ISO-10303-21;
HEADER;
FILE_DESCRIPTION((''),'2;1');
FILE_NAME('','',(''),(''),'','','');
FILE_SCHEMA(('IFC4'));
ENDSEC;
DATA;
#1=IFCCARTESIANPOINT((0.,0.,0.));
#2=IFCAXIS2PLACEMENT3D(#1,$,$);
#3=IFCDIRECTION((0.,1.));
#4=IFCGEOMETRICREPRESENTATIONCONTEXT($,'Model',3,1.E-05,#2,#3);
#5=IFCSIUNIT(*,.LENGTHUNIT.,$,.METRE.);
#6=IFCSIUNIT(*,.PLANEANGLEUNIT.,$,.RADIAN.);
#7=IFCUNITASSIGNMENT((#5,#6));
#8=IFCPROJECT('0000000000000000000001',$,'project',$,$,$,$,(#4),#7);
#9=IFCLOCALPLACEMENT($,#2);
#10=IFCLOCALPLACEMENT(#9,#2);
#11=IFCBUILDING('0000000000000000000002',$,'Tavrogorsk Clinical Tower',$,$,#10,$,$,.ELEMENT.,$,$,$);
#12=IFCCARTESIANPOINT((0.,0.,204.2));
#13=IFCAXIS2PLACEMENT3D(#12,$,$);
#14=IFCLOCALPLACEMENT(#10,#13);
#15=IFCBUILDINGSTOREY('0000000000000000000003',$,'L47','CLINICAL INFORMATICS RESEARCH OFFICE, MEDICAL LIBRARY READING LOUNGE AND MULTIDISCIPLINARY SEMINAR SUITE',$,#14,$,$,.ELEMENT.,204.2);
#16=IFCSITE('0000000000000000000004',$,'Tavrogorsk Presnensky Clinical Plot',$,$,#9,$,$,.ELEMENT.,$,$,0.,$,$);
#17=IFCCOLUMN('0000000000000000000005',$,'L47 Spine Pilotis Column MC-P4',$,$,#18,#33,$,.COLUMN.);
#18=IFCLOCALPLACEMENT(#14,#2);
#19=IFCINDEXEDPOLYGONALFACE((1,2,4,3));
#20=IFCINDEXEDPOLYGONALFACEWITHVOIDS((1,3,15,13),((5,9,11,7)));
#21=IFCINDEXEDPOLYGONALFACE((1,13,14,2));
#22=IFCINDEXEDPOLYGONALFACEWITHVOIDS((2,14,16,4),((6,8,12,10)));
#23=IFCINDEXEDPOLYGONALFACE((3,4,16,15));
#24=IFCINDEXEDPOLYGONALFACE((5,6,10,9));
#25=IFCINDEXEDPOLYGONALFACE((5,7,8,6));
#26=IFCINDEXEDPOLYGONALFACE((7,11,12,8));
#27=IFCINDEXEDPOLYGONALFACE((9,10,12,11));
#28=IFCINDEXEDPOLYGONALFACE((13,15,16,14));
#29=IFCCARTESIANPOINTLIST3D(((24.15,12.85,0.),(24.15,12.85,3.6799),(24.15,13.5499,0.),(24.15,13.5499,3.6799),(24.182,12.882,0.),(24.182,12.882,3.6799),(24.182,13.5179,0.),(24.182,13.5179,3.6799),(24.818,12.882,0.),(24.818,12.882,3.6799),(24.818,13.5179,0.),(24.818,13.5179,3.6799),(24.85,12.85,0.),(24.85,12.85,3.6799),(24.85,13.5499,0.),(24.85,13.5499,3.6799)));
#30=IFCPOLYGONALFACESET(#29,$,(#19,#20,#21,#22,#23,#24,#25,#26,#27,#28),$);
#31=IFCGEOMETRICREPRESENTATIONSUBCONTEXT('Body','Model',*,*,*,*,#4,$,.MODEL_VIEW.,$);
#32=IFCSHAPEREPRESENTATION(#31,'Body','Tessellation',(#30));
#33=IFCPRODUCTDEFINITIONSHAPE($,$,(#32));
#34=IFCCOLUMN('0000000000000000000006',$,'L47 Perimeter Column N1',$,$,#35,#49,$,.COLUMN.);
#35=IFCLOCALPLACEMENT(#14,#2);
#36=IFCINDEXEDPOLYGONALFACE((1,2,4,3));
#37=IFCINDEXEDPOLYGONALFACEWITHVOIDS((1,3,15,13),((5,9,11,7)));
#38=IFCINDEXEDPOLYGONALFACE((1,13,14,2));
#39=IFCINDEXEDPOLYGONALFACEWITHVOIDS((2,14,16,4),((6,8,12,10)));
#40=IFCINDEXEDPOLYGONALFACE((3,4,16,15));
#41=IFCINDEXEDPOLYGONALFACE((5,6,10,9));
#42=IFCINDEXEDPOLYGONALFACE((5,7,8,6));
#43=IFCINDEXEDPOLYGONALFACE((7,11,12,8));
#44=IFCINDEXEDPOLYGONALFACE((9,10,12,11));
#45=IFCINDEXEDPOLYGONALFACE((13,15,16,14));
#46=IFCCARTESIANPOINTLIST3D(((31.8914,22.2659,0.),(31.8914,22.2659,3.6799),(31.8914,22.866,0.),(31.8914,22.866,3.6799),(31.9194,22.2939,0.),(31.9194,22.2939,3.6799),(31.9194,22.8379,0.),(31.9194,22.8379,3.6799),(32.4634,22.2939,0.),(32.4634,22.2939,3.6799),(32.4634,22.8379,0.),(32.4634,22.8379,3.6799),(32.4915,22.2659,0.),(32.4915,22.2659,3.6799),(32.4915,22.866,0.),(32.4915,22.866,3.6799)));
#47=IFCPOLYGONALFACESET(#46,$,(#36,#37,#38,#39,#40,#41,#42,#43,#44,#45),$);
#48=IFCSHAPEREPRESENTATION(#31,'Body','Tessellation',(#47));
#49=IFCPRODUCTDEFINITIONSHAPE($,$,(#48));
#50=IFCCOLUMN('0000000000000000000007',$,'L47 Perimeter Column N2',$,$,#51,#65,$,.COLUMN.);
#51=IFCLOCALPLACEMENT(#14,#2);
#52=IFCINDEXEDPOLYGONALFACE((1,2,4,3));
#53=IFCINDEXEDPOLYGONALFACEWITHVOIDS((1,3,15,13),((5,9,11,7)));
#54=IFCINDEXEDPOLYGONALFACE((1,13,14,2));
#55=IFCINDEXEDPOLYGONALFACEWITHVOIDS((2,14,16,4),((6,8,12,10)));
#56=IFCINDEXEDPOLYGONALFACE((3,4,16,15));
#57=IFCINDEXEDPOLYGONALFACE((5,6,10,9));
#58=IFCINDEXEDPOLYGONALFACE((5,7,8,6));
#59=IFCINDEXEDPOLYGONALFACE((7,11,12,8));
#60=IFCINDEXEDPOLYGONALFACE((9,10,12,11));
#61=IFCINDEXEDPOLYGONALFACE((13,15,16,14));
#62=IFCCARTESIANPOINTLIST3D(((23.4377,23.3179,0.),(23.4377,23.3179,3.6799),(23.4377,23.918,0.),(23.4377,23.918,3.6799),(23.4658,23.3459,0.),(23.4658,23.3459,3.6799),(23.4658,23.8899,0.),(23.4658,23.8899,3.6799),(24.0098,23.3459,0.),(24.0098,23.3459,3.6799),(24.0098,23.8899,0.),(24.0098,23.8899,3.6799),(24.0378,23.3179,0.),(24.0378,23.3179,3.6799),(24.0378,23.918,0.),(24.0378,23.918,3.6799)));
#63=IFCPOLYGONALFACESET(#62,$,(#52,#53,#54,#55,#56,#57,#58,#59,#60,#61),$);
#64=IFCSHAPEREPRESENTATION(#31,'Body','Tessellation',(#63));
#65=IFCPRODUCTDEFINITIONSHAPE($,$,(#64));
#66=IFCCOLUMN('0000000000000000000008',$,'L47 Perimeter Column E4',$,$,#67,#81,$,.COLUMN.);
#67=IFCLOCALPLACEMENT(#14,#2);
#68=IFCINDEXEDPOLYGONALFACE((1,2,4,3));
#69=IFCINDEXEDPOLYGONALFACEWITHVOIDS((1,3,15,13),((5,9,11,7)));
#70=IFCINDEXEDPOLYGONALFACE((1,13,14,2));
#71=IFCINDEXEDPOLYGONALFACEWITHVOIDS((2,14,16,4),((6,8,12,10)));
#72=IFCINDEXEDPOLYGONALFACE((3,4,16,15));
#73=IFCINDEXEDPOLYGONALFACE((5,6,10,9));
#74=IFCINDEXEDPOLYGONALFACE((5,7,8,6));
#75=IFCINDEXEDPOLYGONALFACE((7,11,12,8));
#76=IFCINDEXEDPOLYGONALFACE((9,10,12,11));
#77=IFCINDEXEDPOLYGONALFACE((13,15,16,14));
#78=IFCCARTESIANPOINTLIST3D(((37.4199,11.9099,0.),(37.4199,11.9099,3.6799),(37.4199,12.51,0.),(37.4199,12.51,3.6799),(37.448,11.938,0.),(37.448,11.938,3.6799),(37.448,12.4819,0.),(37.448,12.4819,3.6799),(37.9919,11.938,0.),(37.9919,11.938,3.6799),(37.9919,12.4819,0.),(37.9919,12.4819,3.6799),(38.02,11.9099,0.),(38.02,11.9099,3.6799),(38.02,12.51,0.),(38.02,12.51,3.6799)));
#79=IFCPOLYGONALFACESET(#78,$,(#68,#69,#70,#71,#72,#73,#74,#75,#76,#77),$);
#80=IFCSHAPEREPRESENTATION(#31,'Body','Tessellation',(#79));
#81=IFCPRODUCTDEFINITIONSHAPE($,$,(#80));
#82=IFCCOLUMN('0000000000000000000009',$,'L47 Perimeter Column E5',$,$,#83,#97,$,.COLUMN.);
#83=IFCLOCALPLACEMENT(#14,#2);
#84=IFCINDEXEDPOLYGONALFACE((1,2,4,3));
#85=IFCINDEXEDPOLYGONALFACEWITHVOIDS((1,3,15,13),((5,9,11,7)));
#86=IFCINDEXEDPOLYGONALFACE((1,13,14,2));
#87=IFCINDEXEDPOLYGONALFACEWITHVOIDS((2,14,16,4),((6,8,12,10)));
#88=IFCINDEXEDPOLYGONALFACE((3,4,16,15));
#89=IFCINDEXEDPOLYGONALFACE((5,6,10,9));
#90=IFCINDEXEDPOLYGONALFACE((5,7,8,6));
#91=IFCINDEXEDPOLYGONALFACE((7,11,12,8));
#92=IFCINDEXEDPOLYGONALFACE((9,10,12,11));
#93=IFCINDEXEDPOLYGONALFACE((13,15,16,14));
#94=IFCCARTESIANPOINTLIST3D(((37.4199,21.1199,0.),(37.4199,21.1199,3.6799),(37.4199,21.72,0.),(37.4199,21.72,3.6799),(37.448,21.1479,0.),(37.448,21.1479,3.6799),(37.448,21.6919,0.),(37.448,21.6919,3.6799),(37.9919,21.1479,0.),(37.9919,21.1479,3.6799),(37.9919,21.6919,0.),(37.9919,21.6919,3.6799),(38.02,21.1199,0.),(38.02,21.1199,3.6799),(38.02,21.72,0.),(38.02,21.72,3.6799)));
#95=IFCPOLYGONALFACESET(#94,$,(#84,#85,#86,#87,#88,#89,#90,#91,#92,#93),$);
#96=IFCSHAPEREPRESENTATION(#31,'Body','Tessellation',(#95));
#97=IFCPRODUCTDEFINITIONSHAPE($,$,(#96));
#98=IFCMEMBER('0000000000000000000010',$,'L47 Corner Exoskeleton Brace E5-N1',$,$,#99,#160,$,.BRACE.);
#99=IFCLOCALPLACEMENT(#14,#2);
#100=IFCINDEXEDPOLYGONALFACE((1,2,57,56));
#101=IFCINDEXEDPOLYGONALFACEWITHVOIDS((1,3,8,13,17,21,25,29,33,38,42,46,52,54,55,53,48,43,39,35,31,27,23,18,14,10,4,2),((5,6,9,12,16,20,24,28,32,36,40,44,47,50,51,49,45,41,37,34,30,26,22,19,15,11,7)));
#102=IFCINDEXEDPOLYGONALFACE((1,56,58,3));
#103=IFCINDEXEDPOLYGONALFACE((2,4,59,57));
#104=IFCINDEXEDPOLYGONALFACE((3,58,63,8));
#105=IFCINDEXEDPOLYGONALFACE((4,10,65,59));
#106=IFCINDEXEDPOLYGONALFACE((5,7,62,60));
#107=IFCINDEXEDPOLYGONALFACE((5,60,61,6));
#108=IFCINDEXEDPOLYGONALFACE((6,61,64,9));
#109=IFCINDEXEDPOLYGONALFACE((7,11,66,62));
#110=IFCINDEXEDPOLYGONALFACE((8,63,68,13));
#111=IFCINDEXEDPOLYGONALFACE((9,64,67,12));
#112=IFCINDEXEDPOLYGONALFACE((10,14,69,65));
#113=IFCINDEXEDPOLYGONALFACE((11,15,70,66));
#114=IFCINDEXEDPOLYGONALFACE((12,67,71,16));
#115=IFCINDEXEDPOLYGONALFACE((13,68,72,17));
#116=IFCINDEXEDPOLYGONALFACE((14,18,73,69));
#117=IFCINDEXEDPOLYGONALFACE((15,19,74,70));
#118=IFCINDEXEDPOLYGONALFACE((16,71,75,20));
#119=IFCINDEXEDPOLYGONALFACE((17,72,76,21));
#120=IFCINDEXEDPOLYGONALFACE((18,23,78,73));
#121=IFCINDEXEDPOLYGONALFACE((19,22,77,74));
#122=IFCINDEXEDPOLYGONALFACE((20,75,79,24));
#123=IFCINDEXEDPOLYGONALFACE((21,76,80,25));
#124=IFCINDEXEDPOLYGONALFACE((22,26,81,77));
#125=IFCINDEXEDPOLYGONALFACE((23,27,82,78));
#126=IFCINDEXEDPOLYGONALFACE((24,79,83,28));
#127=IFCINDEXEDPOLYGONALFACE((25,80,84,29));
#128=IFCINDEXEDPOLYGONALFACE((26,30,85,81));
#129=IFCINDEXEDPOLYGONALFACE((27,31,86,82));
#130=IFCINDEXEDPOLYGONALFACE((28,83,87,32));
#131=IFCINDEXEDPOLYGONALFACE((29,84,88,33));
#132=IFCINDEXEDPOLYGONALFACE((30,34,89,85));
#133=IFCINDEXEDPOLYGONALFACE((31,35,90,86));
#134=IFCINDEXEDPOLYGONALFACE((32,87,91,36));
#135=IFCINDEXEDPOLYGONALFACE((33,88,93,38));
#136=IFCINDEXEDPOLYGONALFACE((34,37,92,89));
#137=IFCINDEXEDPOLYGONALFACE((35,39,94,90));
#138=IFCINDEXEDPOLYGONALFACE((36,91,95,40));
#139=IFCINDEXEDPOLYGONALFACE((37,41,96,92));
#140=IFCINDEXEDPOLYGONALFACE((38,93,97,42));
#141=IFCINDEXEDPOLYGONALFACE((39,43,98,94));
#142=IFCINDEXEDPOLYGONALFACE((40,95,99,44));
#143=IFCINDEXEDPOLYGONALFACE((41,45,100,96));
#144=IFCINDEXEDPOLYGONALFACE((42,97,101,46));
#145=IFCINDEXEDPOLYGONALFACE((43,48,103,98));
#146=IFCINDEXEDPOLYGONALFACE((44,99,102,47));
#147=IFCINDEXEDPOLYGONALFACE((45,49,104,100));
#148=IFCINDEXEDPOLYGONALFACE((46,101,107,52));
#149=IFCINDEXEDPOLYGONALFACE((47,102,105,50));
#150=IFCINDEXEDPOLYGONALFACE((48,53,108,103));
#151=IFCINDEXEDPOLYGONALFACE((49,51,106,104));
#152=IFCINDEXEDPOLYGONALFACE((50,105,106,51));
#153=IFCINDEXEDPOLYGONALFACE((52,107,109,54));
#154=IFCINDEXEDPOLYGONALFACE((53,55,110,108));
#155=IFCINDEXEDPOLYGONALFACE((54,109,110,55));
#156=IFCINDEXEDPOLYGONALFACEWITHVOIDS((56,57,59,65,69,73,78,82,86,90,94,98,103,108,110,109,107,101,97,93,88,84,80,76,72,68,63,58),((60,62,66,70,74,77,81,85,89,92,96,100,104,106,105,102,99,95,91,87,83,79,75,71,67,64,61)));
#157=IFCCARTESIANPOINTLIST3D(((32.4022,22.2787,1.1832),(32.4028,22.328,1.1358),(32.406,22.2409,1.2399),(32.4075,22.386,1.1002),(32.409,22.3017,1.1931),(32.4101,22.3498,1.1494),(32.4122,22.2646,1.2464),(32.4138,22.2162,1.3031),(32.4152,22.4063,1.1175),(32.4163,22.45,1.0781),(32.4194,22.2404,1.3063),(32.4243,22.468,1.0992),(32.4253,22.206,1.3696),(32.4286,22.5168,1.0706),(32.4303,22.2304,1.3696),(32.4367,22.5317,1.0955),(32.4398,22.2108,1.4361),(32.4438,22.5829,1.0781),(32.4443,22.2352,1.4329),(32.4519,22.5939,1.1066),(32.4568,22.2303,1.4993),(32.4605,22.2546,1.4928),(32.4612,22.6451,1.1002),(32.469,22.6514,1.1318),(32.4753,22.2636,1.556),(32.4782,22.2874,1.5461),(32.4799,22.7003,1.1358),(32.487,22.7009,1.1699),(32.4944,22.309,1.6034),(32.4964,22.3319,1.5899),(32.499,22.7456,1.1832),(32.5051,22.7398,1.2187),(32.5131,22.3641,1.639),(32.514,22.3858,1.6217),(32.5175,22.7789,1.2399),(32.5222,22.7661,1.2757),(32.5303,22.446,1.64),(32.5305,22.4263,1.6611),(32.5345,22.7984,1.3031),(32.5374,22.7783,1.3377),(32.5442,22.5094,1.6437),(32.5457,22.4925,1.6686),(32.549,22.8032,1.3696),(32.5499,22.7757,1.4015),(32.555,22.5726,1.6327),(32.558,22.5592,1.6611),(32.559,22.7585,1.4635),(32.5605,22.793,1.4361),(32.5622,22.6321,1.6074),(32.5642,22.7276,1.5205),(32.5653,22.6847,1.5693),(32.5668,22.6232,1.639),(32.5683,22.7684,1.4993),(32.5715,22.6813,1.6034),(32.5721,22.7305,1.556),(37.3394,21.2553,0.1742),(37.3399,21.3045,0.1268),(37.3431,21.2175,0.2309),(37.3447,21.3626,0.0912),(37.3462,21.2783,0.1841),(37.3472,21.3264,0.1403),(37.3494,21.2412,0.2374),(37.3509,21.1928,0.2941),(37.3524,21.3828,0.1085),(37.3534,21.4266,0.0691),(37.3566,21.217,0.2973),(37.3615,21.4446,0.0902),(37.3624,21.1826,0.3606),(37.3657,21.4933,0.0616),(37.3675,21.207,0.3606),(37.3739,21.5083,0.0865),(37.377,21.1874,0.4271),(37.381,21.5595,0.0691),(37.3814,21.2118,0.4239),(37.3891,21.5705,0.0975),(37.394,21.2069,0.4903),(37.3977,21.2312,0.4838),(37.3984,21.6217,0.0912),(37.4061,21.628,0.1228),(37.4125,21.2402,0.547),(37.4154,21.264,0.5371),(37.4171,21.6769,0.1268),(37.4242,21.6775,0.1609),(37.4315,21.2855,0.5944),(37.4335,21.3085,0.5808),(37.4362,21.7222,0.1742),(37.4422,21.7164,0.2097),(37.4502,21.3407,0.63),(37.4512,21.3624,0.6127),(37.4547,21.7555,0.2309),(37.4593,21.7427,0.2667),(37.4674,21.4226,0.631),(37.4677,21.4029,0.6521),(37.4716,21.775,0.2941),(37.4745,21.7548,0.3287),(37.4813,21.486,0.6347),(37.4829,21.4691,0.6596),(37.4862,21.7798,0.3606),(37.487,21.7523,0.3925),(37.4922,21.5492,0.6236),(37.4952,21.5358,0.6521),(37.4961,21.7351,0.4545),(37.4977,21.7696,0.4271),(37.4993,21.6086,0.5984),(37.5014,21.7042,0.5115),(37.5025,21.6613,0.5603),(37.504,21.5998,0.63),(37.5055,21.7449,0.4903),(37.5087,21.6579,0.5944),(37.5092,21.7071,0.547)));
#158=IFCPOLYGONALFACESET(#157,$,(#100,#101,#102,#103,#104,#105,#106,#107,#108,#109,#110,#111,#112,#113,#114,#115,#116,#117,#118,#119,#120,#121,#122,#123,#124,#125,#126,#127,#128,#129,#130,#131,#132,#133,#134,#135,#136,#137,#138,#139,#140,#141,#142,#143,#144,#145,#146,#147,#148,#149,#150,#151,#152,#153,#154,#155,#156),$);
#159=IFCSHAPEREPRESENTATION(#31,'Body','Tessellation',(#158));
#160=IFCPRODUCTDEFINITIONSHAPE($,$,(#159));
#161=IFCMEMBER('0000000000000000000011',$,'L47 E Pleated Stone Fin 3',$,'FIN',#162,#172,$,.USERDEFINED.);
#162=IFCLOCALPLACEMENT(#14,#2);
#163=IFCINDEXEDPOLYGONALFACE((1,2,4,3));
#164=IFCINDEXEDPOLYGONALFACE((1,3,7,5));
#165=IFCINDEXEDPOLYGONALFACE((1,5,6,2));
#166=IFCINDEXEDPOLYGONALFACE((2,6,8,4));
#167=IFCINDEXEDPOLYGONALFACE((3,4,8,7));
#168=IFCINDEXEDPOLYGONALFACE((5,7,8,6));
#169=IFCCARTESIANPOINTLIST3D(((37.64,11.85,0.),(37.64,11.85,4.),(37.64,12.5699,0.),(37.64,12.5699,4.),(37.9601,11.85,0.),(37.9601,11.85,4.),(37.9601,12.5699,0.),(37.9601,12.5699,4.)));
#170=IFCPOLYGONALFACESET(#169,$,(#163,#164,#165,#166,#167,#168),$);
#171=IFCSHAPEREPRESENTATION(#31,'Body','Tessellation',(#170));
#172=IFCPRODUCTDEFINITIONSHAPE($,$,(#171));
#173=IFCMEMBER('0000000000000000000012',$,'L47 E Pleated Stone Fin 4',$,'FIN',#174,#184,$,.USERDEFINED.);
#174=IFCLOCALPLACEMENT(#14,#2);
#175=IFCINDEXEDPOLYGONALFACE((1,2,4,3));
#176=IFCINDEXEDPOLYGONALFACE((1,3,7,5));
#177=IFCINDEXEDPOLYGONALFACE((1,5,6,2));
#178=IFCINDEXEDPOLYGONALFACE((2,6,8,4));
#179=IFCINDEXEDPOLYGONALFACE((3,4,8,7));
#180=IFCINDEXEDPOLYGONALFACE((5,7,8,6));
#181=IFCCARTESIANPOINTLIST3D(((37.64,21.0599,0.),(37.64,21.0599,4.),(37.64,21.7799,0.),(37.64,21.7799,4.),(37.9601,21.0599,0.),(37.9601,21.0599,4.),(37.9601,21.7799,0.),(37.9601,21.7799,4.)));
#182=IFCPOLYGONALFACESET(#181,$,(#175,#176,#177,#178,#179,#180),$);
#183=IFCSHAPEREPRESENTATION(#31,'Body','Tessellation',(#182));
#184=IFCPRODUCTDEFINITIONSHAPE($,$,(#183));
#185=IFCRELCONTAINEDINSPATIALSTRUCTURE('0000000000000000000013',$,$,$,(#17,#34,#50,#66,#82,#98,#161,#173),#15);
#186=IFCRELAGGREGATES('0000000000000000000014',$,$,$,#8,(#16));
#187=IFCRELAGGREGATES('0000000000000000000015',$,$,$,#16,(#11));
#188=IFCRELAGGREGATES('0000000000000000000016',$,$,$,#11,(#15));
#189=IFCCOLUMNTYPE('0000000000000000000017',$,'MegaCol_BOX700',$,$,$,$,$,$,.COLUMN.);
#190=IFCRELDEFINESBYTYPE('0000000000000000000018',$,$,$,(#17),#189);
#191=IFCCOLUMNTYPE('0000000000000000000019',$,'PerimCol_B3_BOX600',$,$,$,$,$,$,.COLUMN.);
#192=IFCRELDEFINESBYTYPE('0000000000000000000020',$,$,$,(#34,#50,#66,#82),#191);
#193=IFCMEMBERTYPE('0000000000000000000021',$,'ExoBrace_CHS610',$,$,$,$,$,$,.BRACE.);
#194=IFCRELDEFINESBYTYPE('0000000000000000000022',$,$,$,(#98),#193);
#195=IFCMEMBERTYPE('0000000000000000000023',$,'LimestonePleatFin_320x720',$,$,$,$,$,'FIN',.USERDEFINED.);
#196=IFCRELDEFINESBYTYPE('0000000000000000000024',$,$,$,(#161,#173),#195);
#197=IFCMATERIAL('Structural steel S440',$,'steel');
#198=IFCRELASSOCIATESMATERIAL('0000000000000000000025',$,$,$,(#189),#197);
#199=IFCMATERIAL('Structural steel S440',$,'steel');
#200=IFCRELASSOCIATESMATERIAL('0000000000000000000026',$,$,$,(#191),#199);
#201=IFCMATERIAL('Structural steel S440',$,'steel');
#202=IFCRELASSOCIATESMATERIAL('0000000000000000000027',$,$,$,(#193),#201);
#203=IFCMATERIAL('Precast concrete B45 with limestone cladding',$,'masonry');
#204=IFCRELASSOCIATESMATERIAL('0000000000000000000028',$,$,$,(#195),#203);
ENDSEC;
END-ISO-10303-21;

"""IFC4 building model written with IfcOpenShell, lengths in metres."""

from ifc_helpers import new_model, si_unit, direction, frame, origin, origin_2d, place, context, subcontext, project, spatial, rectangle, hollow_rectangle, hollow_circle, extrude, material, material_profile, profile_set, type_object, element, save


model = new_model("IFC4")

# Units and contexts
model_context = context("Model", 3, precision=1e-05, world=origin(), true_north=direction((0.0, 1.0)))
body_context = subcontext(model_context, "Body", "Model", "MODEL_VIEW")
ifc_project = project(units=[si_unit("LENGTHUNIT", "METRE"), si_unit("PLANEANGLEUNIT", "RADIAN")], contexts=[model_context])

# Site, building, storey
site_placement = place(None, origin())
site = spatial("IfcSite", under=ifc_project, at=site_placement, Name="Tavrogorsk Presnensky Clinical Plot", CompositionType="ELEMENT", RefElevation=0.0)
building_placement = place(site_placement, origin())
building = spatial("IfcBuilding", under=site, at=building_placement, Name="Tavrogorsk Clinical Tower", CompositionType="ELEMENT")
storey_placement = place(building_placement, frame((0.0, 0.0, 204.2)))
storey = spatial("IfcBuildingStorey", under=building, at=storey_placement, Name="L47", Description="CLINICAL INFORMATICS RESEARCH OFFICE, MEDICAL LIBRARY READING LOUNGE AND MULTIDISCIPLINARY SEMINAR SUITE", CompositionType="ELEMENT", Elevation=204.2)

# Columns
ifc_material_1 = material(Name="Structural steel S440", Category="steel")
ifc_material_profile_1 = material_profile(ifc_material_1, hollow_rectangle(XDim=0.7, YDim=0.7, WallThickness=0.032, at=origin_2d()), Name="BOX-700x700x32")
ifc_profile_set_1 = profile_set([ifc_material_profile_1], Name="Structural steel S440")
column_type_1 = type_object("IfcColumnType", Name="MegaCol_BOX700", PredefinedType="COLUMN", material=ifc_profile_set_1)
column_placement = place(storey_placement, frame((24.5, 13.2, 0.0), z_axis=(0.0, 0.0, 1.0), x_axis=(1.0, 0.0, 0.0)))
element("IfcColumn", 1, at=column_placement, inside=storey, type_object=column_type_1, Name="L47 Spine Pilotis Column MC-P4", PredefinedType="COLUMN", context=body_context, shape_type="SweptSolid", body=[
    extrude(hollow_rectangle(XDim=0.7, YDim=0.7, WallThickness=0.032, at=origin_2d()), origin(), (0.0, 0.0, 1.0), 3.6799),
])
ifc_material_2 = material(Name="Structural steel S440", Category="steel")
ifc_material_profile_2 = material_profile(ifc_material_2, hollow_rectangle(XDim=0.6001, YDim=0.6001, WallThickness=0.0281, at=origin_2d()), Name="BOX-600x600x28")
ifc_profile_set_2 = profile_set([ifc_material_profile_2], Name="Structural steel S440")
column_type_2 = type_object("IfcColumnType", Name="PerimCol_B3_BOX600", PredefinedType="COLUMN", material=ifc_profile_set_2)
for number, where, z_axis, x_axis, name in (
    (2, (32.1914, 22.5659, 0.0), (0.0, 0.0, 1.0), (1.0, 0.0, 0.0), "L47 Perimeter Column N1"),
    (3, (23.7378, 23.6179, 0.0), (0.0, 0.0, 1.0), (1.0, 0.0, 0.0), "L47 Perimeter Column N2"),
    (4, (37.72, 12.21, 0.0), (0.0, 0.0, 1.0), (1.0, 0.0, 0.0), "L47 Perimeter Column E4"),
    (5, (37.72, 21.4199, 0.0), (0.0, 0.0, 1.0), (1.0, 0.0, 0.0), "L47 Perimeter Column E5"),
):
    element("IfcColumn", number, at=place(storey_placement, frame(where, z_axis=z_axis, x_axis=x_axis)), inside=storey, type_object=column_type_2, Name=name, PredefinedType="COLUMN", context=body_context, shape_type="SweptSolid", body=[
        extrude(hollow_rectangle(XDim=0.6001, YDim=0.6001, WallThickness=0.0281, at=origin_2d()), origin(), (0.0, 0.0, 1.0), 3.6799),
    ])

# Members
ifc_material_3 = material(Name="Structural steel S440", Category="steel")
ifc_material_profile_3 = material_profile(ifc_material_3, hollow_circle(Radius=0.3049, WallThickness=0.0249, at=origin_2d()), Name="CHS-610x25")
ifc_profile_set_3 = profile_set([ifc_material_profile_3], Name="Structural steel S440")
member_type_1 = type_object("IfcMemberType", Name="ExoBrace_CHS610", PredefinedType="BRACE", material=ifc_profile_set_3)
member_placement = place(storey_placement, frame((37.4243, 21.4812, 0.3606), z_axis=(-0.960147, 0.199028, 0.196227), x_axis=(-0.202974, -0.979184, 0.0)))
element("IfcMember", 6, at=member_placement, inside=storey, type_object=member_type_1, Name="L47 Corner Exoskeleton Brace E5-N1", PredefinedType="BRACE", context=body_context, shape_type="SweptSolid", body=[
    extrude(hollow_circle(Radius=0.3049, WallThickness=0.0249, at=origin_2d()), origin(), (0.0, 0.0, 1.0), 5.1421),
])
ifc_material_4 = material(Name="Precast concrete B45 with limestone cladding", Category="masonry")
ifc_material_profile_4 = material_profile(ifc_material_4, rectangle(XDim=0.3201, YDim=0.72, at=origin_2d()), Name="LIMESTONE-FIN-320x720")
ifc_profile_set_4 = profile_set([ifc_material_profile_4], Name="Precast concrete B45 with limestone cladding")
member_type_2 = type_object("IfcMemberType", Name="LimestonePleatFin_320x720", ElementType="FIN", PredefinedType="USERDEFINED", material=ifc_profile_set_4)
for number, where, z_axis, x_axis, name in (
    (7, (37.8, 12.21, 0.0), (0.0, 0.0, 1.0), (1.0, 0.0, 0.0), "L47 E Pleated Stone Fin 3"),
    (8, (37.8, 21.4199, 0.0), (0.0, 0.0, 1.0), (1.0, 0.0, 0.0), "L47 E Pleated Stone Fin 4"),
):
    element("IfcMember", number, at=place(storey_placement, frame(where, z_axis=z_axis, x_axis=x_axis)), inside=storey, type_object=member_type_2, Name=name, ObjectType="FIN", PredefinedType="USERDEFINED", context=body_context, shape_type="SweptSolid", body=[
        extrude(rectangle(XDim=0.3201, YDim=0.72, at=origin_2d()), origin(), (0.0, 0.0, 1.0), 4.0),
    ])

save(model, "model.ifc")
